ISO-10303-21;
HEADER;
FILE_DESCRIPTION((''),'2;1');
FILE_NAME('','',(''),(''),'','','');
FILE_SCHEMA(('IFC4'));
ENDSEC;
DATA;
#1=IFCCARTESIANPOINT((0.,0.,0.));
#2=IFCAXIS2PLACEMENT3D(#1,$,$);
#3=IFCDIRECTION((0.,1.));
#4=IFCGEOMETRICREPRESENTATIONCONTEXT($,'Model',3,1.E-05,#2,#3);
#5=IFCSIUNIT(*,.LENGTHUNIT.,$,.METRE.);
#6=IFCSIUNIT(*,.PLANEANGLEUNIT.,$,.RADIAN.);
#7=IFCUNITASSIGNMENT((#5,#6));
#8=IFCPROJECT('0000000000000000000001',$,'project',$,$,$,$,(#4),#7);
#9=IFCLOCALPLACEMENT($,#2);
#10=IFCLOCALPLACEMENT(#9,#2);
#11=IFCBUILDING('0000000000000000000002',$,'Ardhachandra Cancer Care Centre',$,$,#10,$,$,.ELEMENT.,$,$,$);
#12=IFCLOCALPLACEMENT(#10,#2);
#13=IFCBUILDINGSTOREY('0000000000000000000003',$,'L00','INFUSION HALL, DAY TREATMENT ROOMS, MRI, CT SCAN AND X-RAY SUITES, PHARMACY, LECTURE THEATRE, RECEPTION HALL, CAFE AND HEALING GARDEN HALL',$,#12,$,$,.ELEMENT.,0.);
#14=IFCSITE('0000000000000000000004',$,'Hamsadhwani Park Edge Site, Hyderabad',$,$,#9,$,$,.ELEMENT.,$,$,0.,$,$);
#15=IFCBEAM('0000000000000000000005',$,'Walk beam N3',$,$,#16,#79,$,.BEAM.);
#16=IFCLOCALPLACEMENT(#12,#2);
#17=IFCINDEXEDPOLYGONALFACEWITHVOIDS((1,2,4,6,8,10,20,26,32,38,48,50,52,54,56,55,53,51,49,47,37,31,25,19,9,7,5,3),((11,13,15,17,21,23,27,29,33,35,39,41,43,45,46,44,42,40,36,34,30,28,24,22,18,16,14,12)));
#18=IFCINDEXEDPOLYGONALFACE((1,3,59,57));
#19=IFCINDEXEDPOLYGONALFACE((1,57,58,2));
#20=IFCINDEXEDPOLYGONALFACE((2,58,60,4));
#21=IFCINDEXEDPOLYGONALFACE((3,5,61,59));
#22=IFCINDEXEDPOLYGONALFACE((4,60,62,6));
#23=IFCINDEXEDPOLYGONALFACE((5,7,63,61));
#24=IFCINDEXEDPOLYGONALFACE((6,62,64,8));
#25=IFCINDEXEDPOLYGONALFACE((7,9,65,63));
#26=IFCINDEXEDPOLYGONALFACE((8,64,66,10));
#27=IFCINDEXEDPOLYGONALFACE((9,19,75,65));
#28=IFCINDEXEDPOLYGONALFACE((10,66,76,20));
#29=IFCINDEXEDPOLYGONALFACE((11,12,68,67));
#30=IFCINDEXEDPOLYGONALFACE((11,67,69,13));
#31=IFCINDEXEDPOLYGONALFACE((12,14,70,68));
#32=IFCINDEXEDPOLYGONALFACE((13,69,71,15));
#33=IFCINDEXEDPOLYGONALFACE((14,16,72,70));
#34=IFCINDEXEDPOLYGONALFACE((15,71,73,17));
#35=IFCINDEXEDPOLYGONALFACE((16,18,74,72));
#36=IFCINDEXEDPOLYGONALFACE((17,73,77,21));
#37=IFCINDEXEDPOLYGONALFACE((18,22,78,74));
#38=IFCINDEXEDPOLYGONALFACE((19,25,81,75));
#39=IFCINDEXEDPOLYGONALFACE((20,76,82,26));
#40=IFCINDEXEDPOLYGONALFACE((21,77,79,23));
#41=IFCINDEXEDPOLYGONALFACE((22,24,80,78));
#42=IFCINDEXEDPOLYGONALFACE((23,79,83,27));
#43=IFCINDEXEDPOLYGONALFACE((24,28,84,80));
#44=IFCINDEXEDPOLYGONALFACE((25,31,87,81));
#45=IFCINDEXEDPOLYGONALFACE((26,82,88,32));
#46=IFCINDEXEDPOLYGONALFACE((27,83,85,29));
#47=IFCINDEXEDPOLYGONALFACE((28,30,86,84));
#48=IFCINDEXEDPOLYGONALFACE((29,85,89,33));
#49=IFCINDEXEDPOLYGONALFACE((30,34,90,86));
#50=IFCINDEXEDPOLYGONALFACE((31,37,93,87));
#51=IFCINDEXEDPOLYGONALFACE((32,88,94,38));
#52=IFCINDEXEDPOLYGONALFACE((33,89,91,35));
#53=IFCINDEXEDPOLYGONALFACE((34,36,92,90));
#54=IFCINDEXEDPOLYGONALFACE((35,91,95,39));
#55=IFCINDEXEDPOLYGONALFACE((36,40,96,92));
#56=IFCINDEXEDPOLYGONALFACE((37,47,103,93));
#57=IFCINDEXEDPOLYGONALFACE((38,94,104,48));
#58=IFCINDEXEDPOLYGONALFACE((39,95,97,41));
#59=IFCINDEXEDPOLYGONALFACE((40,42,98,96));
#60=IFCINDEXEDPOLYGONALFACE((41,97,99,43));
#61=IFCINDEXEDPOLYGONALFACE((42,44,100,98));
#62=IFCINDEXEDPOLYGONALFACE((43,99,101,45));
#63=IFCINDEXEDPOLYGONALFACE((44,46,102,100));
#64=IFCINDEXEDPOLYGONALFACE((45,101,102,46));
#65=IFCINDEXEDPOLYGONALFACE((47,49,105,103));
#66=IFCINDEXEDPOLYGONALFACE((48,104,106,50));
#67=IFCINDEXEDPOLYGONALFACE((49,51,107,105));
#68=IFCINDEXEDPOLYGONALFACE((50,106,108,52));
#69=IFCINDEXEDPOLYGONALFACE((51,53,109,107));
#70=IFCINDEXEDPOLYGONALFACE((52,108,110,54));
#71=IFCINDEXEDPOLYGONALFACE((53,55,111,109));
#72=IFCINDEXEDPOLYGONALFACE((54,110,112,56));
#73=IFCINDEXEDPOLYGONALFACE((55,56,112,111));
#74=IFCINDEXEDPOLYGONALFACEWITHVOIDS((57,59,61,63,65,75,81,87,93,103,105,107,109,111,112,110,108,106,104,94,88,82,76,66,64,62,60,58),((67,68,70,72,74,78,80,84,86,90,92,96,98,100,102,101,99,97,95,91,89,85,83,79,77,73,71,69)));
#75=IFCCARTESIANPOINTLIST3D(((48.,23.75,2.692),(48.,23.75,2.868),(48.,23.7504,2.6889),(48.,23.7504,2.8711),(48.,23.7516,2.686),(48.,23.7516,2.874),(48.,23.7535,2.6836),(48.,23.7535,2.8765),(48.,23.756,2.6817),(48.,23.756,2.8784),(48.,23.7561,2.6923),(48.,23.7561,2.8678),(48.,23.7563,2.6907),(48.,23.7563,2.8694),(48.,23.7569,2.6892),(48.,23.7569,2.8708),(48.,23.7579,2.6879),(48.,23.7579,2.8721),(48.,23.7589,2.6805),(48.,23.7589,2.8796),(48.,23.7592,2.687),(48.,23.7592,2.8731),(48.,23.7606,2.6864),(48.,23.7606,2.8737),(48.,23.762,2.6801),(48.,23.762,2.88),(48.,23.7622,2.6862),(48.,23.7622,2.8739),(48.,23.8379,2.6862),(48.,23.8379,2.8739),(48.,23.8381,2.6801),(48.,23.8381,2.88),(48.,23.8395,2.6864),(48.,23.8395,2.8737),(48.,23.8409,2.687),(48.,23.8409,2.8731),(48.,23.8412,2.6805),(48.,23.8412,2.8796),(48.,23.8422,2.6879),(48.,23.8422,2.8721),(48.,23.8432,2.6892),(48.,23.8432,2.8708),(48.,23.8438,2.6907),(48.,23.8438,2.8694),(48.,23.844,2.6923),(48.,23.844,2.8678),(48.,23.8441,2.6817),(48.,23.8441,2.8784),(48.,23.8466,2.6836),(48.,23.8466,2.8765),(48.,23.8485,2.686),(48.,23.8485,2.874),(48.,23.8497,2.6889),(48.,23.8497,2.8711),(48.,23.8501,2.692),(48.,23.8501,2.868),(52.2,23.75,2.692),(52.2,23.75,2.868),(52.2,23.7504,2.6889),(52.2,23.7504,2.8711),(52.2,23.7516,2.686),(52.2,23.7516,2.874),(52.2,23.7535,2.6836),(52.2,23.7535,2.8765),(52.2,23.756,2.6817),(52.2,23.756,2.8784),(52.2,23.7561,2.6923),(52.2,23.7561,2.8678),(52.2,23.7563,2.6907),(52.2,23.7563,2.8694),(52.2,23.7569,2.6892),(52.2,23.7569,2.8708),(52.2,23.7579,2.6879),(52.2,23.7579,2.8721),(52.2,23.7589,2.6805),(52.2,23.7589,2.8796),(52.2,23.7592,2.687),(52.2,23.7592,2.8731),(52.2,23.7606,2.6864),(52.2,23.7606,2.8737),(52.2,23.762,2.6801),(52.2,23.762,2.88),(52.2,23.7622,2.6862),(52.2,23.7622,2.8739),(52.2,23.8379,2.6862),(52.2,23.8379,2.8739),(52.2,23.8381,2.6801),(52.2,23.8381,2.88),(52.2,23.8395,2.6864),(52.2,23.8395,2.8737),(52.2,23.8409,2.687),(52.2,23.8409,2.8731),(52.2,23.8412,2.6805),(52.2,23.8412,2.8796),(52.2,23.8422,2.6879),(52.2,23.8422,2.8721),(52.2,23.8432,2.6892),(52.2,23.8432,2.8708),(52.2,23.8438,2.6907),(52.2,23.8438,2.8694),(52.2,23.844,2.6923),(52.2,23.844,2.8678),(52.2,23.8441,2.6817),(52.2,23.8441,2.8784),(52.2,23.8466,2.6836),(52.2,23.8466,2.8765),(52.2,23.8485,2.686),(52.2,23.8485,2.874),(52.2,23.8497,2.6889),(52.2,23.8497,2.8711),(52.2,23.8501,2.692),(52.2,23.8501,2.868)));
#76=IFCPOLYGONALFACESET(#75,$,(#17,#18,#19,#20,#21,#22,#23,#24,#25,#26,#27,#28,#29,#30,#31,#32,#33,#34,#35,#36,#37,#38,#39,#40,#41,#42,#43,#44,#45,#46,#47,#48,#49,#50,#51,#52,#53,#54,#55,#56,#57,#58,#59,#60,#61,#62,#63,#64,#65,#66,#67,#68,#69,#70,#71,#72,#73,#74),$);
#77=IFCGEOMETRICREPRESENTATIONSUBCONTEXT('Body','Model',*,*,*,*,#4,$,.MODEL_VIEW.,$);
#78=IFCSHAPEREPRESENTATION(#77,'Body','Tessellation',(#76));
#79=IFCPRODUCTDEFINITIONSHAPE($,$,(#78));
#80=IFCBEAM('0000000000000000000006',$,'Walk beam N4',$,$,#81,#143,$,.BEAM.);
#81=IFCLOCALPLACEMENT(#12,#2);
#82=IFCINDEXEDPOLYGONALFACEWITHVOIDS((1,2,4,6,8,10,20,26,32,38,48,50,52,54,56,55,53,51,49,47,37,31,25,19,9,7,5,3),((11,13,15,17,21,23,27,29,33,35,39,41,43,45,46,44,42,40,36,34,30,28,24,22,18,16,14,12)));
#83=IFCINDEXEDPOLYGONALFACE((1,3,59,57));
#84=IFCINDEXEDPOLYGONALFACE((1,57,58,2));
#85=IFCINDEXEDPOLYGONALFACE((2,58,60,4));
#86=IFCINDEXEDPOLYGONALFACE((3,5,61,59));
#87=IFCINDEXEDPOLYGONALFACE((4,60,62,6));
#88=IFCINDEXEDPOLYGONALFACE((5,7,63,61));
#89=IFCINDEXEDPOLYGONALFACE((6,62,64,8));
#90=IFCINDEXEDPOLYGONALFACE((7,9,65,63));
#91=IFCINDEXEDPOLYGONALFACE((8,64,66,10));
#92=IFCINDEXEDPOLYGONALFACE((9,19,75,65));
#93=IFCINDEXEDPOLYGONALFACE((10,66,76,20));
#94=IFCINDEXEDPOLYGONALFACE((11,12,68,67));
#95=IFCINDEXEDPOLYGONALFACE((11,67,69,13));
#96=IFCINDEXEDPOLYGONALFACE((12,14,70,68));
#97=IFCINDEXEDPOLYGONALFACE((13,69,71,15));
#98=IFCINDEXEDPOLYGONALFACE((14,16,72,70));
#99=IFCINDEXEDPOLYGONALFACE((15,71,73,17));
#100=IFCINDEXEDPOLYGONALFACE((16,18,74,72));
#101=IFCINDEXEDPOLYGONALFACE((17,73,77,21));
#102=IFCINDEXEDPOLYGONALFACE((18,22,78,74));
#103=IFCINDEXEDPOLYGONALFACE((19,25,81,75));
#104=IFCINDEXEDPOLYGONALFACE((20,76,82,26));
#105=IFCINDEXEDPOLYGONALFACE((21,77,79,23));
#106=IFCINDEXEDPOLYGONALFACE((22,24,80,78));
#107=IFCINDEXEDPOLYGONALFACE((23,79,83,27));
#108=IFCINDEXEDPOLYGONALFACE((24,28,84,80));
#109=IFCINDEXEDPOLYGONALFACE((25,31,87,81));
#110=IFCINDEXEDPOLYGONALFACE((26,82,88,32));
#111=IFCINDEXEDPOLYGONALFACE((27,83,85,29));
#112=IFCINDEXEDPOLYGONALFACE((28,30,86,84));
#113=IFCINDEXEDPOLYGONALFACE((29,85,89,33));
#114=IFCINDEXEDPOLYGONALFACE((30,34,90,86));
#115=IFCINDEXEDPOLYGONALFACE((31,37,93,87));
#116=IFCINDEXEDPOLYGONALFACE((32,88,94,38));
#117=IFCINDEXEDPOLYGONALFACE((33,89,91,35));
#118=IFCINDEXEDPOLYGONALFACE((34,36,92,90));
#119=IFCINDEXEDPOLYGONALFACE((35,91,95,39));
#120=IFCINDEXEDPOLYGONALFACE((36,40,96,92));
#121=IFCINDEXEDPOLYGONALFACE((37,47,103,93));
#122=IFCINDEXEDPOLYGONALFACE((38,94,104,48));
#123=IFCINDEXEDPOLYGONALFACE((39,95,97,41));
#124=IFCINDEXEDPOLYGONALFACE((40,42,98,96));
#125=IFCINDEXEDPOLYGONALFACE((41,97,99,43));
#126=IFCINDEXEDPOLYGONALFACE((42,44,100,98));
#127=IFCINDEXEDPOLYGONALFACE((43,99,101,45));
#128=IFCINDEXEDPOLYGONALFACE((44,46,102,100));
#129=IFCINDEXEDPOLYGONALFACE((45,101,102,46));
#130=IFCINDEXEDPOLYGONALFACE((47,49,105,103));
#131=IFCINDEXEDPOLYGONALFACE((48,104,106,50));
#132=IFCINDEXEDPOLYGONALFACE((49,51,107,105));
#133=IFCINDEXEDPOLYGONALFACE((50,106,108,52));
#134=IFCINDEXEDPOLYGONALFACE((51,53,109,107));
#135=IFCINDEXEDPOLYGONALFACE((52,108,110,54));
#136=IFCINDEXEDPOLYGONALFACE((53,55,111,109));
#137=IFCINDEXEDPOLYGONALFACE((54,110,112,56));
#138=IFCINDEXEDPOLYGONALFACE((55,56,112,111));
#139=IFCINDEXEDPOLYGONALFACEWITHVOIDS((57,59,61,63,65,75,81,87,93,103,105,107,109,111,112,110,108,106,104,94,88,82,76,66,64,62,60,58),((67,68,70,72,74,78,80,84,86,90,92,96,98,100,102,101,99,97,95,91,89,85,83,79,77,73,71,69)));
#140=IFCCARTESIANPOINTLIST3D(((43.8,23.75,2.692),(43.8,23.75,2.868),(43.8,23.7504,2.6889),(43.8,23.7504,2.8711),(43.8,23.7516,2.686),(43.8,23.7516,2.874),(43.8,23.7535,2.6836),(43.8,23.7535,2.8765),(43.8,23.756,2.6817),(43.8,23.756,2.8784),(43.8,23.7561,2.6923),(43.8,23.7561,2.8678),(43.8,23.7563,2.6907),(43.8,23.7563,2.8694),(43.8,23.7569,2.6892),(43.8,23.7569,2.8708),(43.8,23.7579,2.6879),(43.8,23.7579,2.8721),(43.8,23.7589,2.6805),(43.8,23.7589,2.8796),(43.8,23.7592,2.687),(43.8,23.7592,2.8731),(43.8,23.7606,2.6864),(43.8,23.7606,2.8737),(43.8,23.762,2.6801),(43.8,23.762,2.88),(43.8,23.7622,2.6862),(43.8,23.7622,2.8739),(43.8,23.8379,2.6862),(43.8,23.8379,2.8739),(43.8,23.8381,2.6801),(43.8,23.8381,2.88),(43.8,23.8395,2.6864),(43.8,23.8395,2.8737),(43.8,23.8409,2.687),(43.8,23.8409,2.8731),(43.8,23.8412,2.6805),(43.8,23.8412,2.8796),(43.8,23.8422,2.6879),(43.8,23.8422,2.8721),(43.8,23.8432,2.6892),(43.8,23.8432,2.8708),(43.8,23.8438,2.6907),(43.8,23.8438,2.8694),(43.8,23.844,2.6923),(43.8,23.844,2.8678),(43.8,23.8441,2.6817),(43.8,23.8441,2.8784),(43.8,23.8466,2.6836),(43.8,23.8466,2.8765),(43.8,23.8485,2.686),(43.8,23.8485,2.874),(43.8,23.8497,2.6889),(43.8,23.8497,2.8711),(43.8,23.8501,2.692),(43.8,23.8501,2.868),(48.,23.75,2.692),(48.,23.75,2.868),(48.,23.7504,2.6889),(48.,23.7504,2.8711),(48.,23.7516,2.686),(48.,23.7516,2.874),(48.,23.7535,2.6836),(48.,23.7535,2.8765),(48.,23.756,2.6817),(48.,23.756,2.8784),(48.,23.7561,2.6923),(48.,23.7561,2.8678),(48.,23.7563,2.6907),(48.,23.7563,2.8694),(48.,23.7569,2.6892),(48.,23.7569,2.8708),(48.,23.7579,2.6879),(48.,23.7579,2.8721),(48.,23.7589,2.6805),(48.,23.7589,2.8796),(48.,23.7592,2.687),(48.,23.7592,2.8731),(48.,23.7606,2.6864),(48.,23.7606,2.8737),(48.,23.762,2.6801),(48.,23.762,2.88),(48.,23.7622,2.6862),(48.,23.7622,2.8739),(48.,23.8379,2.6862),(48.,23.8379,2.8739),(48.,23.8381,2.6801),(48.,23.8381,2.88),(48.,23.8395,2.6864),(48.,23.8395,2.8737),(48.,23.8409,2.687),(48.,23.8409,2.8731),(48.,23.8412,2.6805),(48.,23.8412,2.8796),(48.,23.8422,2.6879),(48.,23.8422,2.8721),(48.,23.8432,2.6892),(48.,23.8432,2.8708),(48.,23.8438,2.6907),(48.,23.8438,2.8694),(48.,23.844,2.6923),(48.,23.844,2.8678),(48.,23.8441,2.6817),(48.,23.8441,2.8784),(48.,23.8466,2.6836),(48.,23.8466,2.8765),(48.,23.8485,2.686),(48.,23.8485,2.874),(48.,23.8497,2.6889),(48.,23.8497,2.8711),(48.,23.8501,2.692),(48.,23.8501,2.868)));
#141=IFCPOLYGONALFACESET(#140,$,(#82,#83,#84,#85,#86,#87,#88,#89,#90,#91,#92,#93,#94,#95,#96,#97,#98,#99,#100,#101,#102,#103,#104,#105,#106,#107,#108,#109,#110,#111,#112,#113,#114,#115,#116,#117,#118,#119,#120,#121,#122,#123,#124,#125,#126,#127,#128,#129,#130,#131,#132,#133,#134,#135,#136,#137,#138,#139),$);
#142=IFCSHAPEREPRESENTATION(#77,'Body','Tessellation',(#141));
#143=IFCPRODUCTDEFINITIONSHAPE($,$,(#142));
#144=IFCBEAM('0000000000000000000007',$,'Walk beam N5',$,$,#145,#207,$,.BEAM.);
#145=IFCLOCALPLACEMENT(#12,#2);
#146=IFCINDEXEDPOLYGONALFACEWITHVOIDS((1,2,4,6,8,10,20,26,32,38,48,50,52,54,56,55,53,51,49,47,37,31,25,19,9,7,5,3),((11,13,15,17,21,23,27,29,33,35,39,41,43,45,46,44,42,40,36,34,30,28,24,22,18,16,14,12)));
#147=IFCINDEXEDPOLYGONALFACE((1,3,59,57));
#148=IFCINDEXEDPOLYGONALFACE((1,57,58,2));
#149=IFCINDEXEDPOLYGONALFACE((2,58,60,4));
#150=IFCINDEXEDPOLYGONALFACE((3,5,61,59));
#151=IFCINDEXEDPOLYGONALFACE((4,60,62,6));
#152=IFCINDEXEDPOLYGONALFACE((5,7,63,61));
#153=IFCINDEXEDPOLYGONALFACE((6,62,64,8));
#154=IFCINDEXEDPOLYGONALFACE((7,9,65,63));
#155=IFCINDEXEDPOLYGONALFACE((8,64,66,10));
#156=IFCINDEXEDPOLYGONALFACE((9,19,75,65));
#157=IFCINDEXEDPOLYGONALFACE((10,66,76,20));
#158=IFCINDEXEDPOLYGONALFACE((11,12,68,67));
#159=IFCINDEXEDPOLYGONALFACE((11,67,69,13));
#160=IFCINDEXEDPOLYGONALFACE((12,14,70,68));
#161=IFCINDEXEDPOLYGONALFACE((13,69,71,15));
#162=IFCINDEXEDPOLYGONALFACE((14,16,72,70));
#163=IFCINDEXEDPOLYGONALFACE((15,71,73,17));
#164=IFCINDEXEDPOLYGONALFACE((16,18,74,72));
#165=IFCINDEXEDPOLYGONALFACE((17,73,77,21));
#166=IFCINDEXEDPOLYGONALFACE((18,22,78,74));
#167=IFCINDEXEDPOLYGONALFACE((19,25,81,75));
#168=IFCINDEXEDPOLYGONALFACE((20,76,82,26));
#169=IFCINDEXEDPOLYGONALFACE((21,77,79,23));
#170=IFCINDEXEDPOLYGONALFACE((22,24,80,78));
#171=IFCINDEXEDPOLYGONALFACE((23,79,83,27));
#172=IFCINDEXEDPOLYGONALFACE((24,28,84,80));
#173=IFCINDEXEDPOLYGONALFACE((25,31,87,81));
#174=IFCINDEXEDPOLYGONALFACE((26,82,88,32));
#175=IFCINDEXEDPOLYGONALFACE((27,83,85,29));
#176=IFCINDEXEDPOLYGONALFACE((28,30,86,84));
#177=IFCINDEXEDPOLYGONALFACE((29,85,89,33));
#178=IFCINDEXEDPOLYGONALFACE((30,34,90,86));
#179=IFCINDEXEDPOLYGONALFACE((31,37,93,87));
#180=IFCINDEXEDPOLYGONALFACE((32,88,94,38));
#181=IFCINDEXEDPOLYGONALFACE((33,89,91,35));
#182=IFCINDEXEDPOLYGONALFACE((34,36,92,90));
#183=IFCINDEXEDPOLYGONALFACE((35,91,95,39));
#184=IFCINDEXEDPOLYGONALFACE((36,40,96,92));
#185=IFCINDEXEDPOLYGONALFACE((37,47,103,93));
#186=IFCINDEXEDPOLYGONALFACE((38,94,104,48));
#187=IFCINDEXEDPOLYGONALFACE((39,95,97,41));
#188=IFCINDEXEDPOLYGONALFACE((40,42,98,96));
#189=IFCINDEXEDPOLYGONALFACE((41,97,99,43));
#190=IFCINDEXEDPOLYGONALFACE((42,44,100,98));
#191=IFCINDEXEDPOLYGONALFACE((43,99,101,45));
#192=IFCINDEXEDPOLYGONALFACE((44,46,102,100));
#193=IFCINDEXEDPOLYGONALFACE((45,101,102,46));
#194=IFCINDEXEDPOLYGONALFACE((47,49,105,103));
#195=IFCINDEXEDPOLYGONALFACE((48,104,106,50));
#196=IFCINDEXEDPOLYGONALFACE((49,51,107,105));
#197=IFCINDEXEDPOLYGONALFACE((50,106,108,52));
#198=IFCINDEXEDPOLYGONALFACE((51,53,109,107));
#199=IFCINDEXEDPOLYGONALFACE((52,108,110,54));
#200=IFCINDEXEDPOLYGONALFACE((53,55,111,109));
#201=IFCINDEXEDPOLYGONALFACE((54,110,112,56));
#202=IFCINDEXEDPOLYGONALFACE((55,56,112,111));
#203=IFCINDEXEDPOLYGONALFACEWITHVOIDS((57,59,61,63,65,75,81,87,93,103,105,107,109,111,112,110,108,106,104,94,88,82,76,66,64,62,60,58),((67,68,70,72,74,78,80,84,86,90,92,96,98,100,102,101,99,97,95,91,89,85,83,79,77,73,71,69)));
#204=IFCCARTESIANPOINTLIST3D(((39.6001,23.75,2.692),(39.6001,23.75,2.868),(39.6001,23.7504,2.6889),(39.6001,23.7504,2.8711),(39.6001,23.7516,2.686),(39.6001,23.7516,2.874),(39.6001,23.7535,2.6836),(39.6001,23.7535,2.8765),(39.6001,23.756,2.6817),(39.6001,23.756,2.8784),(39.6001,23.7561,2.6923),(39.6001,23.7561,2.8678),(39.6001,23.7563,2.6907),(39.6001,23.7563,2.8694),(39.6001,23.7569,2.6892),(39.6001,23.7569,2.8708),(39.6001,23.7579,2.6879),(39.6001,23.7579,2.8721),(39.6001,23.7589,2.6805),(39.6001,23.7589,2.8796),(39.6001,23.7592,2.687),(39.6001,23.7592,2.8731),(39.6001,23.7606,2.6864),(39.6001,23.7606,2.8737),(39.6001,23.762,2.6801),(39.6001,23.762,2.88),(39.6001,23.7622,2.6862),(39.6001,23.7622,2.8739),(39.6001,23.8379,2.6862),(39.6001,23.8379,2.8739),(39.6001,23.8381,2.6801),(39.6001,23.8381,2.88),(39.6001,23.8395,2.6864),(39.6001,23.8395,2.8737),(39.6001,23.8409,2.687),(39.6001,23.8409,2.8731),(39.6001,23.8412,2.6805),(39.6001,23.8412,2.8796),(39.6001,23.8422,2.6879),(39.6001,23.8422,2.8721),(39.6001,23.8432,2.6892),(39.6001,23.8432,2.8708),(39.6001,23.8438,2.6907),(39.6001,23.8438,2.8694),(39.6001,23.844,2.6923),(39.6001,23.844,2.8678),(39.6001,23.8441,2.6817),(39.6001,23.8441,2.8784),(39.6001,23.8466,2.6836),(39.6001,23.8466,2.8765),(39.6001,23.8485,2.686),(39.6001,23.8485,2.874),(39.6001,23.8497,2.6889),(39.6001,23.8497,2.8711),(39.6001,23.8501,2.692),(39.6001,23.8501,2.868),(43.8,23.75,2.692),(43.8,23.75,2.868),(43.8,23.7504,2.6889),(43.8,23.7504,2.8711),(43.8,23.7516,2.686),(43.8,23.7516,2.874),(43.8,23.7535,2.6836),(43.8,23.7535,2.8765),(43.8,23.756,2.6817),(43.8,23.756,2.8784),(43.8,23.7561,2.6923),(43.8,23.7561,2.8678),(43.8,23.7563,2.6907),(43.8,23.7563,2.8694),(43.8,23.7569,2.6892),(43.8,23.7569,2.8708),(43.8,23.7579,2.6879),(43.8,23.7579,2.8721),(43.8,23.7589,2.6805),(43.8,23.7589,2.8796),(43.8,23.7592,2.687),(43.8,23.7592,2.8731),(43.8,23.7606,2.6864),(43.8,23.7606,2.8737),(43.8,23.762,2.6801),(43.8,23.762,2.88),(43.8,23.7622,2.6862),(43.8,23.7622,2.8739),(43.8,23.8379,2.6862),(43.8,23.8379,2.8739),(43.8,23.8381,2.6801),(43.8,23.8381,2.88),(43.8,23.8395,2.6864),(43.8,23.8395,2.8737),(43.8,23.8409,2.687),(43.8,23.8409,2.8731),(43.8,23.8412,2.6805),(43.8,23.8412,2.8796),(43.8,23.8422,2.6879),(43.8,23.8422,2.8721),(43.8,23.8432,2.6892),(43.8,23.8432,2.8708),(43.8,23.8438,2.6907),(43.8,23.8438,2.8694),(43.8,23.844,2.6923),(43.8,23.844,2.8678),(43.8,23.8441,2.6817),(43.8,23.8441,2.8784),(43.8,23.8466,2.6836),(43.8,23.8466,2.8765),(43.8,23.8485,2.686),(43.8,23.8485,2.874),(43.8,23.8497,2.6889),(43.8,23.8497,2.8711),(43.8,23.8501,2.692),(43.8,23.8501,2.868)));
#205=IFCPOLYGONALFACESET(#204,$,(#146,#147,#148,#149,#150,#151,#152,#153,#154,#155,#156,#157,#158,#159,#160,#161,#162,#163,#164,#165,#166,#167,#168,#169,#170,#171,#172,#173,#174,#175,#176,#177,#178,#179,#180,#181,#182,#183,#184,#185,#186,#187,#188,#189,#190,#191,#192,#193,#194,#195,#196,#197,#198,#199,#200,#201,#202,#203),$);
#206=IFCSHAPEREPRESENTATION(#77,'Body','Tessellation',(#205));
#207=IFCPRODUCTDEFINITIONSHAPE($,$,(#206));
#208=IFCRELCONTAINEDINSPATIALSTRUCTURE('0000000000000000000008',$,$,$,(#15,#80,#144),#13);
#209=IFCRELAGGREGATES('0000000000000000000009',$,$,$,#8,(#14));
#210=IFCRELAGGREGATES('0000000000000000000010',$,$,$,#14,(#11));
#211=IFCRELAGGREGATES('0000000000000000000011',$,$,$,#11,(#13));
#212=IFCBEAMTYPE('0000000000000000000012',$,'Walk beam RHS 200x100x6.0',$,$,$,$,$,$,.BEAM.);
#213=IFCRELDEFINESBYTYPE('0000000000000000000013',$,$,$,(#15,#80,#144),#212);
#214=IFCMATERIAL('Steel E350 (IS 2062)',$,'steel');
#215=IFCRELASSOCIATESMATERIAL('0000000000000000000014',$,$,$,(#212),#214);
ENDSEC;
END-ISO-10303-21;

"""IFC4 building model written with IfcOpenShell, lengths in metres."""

from ifc_helpers import new_model, si_unit, direction, frame, origin, origin_2d, place, context, subcontext, project, spatial, hollow_rectangle, extrude, material, material_profile, profile_set, type_object, element, save


model = new_model("IFC4")

# Units and contexts
model_context = context("Model", 3, precision=1e-05, world=origin(), true_north=direction((0.0, 1.0)))
body_context = subcontext(model_context, "Body", "Model", "MODEL_VIEW")
ifc_project = project(units=[si_unit("LENGTHUNIT", "METRE"), si_unit("PLANEANGLEUNIT", "RADIAN")], contexts=[model_context])

# Site, building, storey
site_placement = place(None, origin())
site = spatial("IfcSite", under=ifc_project, at=site_placement, Name="Hamsadhwani Park Edge Site, Hyderabad", CompositionType="ELEMENT", RefElevation=0.0)
building_placement = place(site_placement, origin())
building = spatial("IfcBuilding", under=site, at=building_placement, Name="Ardhachandra Cancer Care Centre", CompositionType="ELEMENT")
storey_placement = place(building_placement, origin())
storey = spatial("IfcBuildingStorey", under=building, at=storey_placement, Name="L00", Description="INFUSION HALL, DAY TREATMENT ROOMS, MRI, CT SCAN AND X-RAY SUITES, PHARMACY, LECTURE THEATRE, RECEPTION HALL, CAFE AND HEALING GARDEN HALL", CompositionType="ELEMENT", Elevation=0.0)

# Beams
ifc_material_1 = material(Name="Steel E350 (IS 2062)", Category="steel")
ifc_material_profile_1 = material_profile(ifc_material_1, hollow_rectangle(XDim=0.1001, YDim=0.2, WallThickness=0.0061, InnerFilletRadius=0.0061, OuterFilletRadius=0.012, at=origin_2d()), Name="RHS 200x100x6.0")
ifc_profile_set_1 = profile_set([ifc_material_profile_1], Name="Steel E350 (IS 2062)")
beam_type = type_object("IfcBeamType", Name="Walk beam RHS 200x100x6.0", PredefinedType="BEAM", material=ifc_profile_set_1)
for number, where, z_axis, x_axis, name in (
    (1, (48.0, 23.8, 2.78), (1.0, 0.0, 0.0), (0.0, 1.0, 0.0), "Walk beam N3"),
    (2, (43.8, 23.8, 2.78), (1.0, 0.0, 0.0), (0.0, 1.0, 0.0), "Walk beam N4"),
    (3, (39.6001, 23.8, 2.78), (1.0, 0.0, 0.0), (0.0, 1.0, 0.0), "Walk beam N5"),
):
    element("IfcBeam", number, at=place(storey_placement, frame(where, z_axis=z_axis, x_axis=x_axis)), inside=storey, type_object=beam_type, Name=name, PredefinedType="BEAM", context=body_context, shape_type="SweptSolid", body=[
        extrude(hollow_rectangle(XDim=0.1001, YDim=0.2, WallThickness=0.0061, InnerFilletRadius=0.0061, OuterFilletRadius=0.012, at=origin_2d()), origin(), (0.0, 0.0, 1.0), 4.2),
    ])

save(model, "model.ifc")
